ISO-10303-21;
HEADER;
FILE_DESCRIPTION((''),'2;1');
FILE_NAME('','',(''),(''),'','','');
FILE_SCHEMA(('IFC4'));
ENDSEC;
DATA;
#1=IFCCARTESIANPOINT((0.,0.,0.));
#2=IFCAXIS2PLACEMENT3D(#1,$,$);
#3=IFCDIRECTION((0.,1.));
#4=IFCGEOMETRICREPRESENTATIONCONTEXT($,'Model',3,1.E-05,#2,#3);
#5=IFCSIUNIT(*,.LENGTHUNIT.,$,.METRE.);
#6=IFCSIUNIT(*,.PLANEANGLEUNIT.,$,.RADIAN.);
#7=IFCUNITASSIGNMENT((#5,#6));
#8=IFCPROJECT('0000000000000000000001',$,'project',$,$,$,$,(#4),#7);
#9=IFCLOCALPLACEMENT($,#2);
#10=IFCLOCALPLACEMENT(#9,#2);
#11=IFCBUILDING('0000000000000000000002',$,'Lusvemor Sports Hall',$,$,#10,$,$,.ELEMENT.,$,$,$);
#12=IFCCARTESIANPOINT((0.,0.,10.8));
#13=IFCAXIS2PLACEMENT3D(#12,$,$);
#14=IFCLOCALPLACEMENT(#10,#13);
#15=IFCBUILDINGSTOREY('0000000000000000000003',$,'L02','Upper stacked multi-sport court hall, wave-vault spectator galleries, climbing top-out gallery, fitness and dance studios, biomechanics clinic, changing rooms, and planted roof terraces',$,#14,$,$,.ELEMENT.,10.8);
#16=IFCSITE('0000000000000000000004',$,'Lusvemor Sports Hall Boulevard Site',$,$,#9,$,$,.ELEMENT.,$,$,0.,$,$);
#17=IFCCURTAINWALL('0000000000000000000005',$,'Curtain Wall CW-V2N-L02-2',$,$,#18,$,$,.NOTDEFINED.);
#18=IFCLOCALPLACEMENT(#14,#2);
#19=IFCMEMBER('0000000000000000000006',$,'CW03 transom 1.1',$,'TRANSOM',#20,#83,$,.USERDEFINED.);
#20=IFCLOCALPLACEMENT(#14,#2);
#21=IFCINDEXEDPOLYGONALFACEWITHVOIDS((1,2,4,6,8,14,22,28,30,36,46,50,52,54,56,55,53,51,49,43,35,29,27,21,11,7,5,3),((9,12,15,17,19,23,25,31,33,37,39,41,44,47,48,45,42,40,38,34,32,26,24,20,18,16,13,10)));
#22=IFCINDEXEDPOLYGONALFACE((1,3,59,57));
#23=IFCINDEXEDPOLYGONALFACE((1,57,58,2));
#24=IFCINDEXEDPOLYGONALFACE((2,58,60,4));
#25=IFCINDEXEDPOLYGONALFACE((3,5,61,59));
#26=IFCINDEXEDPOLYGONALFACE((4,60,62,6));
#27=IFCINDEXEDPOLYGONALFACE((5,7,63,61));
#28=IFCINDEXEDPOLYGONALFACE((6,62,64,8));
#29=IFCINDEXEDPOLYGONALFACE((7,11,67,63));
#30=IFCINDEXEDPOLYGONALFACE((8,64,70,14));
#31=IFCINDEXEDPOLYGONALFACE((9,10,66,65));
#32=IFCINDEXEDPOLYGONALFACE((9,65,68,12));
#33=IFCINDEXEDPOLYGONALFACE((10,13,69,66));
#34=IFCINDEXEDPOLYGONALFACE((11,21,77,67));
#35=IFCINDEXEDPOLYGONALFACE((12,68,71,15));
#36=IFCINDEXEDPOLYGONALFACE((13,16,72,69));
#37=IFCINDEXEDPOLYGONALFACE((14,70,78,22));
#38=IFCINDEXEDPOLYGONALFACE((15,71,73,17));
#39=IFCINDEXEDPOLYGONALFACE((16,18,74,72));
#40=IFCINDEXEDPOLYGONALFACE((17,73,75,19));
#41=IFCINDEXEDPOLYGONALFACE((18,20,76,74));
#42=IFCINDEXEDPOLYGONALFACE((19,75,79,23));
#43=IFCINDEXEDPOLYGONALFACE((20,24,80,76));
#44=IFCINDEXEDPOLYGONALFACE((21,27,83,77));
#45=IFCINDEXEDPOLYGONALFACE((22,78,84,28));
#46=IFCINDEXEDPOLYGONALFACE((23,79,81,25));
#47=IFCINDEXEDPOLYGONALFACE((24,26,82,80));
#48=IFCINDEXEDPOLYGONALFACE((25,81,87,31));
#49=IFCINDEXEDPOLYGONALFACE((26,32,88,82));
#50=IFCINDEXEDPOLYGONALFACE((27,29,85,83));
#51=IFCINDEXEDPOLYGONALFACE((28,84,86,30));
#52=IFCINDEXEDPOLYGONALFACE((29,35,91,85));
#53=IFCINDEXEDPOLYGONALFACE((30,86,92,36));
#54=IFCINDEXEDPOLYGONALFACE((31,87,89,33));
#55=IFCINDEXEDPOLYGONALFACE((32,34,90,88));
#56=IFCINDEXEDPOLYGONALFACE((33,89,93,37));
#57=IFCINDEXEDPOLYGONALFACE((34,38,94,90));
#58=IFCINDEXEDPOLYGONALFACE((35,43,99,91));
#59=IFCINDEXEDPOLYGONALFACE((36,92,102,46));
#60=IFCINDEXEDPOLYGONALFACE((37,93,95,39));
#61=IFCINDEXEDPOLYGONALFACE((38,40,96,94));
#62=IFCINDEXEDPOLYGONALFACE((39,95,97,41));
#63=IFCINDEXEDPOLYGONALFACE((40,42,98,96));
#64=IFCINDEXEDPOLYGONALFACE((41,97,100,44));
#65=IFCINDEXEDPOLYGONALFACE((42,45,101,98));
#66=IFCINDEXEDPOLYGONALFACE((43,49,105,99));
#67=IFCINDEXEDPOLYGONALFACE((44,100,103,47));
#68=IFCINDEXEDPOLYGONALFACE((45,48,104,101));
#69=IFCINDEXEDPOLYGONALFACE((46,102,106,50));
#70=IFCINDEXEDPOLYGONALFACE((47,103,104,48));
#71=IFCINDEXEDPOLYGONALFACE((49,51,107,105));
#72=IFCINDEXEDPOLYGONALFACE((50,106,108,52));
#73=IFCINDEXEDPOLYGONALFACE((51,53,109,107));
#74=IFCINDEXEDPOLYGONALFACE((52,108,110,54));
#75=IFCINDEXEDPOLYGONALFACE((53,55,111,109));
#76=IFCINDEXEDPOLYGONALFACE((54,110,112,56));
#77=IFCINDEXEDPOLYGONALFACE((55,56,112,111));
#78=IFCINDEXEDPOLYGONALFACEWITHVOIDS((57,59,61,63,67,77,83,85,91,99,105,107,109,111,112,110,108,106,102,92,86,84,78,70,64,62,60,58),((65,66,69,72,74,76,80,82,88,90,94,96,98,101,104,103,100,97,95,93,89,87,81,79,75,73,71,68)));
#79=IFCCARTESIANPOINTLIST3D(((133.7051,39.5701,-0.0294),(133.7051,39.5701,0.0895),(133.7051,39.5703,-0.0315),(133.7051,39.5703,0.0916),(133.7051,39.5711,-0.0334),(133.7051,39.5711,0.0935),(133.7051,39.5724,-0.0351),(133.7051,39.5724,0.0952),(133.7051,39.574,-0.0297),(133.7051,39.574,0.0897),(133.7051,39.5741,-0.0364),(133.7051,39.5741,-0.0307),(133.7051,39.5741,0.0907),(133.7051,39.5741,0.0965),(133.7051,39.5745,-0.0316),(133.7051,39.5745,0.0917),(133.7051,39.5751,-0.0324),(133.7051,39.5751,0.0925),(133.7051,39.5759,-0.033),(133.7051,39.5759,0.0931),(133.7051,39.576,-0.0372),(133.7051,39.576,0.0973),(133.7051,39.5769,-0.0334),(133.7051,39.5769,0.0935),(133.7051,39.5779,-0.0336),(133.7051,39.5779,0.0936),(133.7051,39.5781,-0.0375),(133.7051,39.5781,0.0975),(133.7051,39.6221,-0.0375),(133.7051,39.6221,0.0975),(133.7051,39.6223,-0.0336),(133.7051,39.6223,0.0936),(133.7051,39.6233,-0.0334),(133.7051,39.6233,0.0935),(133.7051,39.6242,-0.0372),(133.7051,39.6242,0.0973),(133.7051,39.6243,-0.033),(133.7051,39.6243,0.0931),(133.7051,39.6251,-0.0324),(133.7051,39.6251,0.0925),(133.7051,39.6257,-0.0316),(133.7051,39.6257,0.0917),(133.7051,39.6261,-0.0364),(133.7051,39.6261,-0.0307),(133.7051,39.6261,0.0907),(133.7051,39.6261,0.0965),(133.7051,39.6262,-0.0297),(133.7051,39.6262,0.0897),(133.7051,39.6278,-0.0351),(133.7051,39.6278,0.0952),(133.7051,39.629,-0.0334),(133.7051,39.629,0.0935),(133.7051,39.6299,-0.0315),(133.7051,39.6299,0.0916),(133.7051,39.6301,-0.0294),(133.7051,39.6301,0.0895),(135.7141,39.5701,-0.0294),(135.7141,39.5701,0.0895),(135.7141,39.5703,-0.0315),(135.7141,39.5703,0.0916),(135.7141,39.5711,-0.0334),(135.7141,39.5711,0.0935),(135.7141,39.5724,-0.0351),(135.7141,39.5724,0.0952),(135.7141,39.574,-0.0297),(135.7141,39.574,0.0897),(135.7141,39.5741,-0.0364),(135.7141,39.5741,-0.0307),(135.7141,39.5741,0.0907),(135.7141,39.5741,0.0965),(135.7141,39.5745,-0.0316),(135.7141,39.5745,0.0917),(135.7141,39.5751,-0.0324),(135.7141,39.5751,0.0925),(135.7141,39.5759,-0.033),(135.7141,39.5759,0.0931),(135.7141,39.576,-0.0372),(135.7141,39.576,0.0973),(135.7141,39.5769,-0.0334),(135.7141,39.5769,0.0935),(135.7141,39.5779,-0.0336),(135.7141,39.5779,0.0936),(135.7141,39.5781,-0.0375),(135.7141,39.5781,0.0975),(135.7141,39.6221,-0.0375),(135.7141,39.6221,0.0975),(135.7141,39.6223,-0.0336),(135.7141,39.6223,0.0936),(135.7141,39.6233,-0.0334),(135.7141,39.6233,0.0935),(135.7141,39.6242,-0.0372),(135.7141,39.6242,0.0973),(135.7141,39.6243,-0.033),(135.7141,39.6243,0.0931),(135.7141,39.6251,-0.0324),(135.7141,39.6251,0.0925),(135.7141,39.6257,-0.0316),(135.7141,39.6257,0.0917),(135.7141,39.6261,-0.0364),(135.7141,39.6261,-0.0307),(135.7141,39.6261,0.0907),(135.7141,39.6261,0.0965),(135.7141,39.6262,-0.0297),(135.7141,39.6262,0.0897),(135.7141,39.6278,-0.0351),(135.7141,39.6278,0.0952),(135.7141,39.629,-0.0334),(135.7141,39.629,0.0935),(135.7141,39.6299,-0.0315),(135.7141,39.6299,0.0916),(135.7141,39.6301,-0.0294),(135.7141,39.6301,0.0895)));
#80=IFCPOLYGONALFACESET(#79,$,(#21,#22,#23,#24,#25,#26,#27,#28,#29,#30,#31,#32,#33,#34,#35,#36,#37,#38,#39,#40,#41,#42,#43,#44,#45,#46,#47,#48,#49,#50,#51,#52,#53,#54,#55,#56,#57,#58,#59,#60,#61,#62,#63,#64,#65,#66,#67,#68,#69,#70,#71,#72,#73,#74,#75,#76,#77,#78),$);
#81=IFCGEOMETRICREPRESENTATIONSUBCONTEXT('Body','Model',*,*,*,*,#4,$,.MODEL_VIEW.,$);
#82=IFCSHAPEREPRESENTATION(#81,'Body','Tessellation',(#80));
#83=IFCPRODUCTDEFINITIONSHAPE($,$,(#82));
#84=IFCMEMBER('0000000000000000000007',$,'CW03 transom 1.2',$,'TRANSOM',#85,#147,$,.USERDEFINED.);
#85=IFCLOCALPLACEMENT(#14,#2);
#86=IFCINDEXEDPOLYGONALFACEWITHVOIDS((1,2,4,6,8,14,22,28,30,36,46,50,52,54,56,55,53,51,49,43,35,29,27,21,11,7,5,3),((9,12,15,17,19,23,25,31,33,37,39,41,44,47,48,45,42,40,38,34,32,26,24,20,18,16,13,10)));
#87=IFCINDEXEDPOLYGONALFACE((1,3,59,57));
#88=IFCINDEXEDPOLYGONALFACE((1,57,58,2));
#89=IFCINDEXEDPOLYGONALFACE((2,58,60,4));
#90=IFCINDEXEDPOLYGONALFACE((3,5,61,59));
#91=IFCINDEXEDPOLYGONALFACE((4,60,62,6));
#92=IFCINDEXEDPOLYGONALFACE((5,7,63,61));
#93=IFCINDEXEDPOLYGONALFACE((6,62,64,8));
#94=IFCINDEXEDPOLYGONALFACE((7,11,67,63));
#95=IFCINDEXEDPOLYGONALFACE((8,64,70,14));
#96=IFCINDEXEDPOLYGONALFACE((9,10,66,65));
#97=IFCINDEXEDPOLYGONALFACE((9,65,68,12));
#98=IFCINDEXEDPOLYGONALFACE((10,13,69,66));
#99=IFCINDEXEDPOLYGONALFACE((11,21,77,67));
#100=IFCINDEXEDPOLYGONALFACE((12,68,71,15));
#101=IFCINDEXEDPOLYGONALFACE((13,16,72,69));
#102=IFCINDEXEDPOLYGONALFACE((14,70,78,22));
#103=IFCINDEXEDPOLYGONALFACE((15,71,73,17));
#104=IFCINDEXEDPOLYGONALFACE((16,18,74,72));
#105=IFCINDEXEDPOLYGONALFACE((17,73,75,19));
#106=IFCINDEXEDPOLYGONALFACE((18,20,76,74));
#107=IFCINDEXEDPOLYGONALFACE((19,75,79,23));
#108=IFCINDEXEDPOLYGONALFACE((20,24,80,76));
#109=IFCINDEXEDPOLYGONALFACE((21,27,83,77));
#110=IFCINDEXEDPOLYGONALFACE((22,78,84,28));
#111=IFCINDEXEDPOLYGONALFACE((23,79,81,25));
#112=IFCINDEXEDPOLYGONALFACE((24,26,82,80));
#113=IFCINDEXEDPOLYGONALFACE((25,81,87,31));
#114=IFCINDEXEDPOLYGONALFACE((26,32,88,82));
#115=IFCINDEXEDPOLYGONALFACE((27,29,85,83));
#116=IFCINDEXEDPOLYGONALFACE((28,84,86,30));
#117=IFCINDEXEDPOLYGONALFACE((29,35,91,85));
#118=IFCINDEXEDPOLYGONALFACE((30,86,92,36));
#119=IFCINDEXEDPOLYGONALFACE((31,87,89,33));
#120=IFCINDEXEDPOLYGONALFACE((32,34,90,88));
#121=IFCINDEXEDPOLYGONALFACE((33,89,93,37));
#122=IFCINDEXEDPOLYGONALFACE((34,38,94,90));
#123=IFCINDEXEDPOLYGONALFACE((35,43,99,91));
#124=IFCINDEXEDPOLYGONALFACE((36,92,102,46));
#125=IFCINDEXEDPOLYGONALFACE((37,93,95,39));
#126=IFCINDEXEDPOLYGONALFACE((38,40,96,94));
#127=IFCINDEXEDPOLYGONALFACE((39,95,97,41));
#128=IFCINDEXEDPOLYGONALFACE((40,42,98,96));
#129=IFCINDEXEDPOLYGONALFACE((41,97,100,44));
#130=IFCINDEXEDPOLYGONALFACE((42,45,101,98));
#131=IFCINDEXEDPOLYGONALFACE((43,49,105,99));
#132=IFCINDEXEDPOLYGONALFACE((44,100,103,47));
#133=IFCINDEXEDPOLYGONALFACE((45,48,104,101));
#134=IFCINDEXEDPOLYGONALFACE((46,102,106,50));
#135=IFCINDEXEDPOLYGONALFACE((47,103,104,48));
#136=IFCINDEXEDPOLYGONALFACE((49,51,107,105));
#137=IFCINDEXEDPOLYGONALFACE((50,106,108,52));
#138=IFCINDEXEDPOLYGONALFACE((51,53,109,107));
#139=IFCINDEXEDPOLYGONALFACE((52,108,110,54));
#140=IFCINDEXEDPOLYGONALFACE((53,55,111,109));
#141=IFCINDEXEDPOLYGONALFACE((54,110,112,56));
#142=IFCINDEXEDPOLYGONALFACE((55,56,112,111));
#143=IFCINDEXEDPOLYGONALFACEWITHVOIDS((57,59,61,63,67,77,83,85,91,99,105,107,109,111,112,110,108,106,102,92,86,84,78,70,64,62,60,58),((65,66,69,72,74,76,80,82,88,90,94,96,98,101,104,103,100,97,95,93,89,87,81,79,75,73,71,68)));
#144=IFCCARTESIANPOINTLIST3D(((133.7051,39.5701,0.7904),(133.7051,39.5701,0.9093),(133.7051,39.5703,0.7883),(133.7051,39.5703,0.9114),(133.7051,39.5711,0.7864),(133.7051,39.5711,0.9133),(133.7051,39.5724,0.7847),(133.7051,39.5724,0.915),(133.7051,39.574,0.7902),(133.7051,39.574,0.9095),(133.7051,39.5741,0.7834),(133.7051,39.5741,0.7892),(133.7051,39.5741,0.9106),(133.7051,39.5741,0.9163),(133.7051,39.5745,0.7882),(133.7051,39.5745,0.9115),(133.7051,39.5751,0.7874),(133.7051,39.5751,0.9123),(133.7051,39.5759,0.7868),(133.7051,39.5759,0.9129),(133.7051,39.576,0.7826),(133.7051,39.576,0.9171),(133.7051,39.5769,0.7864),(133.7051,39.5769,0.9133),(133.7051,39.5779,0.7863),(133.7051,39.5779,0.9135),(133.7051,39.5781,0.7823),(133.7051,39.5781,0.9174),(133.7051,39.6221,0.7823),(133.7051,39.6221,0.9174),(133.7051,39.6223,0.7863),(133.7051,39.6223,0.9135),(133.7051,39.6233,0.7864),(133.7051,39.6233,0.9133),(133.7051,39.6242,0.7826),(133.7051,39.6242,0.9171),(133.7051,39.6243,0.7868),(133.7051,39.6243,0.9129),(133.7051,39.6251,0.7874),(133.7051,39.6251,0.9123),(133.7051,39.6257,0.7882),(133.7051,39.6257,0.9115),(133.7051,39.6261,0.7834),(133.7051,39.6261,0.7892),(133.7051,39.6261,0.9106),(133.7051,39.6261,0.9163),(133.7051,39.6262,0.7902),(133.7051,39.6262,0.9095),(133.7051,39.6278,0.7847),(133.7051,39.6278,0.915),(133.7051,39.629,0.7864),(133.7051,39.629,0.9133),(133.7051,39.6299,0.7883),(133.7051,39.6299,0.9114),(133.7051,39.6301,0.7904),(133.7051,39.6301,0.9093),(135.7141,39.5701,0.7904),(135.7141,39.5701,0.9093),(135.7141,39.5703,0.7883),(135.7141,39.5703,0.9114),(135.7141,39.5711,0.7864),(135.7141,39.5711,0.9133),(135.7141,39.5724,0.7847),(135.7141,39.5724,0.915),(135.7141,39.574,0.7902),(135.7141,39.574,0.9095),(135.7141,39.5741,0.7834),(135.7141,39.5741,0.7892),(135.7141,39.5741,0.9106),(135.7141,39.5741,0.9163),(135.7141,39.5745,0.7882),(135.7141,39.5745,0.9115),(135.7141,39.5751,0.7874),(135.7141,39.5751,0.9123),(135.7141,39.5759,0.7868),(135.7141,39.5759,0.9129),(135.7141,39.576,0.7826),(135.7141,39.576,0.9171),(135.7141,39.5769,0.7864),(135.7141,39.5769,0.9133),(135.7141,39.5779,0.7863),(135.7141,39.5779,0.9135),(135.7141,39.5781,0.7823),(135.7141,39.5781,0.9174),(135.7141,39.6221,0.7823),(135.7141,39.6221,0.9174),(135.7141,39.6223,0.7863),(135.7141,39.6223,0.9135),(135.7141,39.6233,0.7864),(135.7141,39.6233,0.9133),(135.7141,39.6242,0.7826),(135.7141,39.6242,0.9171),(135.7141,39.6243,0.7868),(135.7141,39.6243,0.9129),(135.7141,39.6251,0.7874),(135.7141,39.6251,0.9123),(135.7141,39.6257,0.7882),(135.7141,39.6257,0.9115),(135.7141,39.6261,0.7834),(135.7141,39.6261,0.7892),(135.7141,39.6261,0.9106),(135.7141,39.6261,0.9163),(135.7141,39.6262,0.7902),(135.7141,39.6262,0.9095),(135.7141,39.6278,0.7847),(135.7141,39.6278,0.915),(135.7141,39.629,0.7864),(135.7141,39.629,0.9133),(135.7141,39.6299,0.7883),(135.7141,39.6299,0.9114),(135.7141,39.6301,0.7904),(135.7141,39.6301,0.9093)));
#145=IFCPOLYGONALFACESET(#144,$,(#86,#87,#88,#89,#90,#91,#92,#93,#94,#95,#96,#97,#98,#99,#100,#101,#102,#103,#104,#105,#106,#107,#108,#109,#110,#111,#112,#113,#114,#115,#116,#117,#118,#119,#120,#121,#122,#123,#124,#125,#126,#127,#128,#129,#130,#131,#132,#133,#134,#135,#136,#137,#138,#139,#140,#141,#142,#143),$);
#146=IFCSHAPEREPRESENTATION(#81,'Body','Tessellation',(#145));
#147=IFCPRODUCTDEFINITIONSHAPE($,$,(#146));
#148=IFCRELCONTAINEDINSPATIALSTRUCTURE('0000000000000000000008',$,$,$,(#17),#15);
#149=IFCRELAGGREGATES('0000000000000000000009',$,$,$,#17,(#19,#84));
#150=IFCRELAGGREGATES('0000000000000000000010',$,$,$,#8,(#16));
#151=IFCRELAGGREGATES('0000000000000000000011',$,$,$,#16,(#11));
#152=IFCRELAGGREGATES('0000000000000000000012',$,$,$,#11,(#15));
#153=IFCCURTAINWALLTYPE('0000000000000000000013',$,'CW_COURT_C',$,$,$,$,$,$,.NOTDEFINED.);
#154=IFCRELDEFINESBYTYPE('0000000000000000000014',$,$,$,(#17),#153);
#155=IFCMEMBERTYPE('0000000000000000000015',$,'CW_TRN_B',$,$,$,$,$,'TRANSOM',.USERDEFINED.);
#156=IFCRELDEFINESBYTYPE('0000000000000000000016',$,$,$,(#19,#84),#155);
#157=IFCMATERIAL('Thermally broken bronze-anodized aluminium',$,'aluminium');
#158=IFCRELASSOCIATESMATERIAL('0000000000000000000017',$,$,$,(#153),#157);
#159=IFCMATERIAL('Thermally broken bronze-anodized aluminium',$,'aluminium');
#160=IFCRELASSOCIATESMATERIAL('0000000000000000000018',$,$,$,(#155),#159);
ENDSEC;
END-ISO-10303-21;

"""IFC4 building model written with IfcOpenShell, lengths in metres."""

from ifc_helpers import new_model, si_unit, direction, frame, origin, origin_2d, place, context, subcontext, project, spatial, hollow_rectangle, extrude, material, material_profile, profile_set, type_object, element, aggregate, save


model = new_model("IFC4")

# Units and contexts
model_context = context("Model", 3, precision=1e-05, world=origin(), true_north=direction((0.0, 1.0)))
body_context = subcontext(model_context, "Body", "Model", "MODEL_VIEW")
ifc_project = project(units=[si_unit("LENGTHUNIT", "METRE"), si_unit("PLANEANGLEUNIT", "RADIAN")], contexts=[model_context])

# Site, building, storey
site_placement = place(None, origin())
site = spatial("IfcSite", under=ifc_project, at=site_placement, Name="Lusvemor Sports Hall Boulevard Site", CompositionType="ELEMENT", RefElevation=0.0)
building_placement = place(site_placement, origin())
building = spatial("IfcBuilding", under=site, at=building_placement, Name="Lusvemor Sports Hall", CompositionType="ELEMENT")
storey_placement = place(building_placement, frame((0.0, 0.0, 10.8)))
storey = spatial("IfcBuildingStorey", under=building, at=storey_placement, Name="L02", Description="Upper stacked multi-sport court hall, wave-vault spectator galleries, climbing top-out gallery, fitness and dance studios, biomechanics clinic, changing rooms, and planted roof terraces", CompositionType="ELEMENT", Elevation=10.8)

# Curtain wall, members
ifc_material_1 = material(Name="Thermally broken bronze-anodized aluminium", Category="aluminium")
curtain_wall_type = type_object("IfcCurtainWallType", Name="CW_COURT_C", PredefinedType="NOTDEFINED", material=ifc_material_1)
curtain_wall_placement = place(storey_placement, origin())
curtain_wall = element("IfcCurtainWall", 1, at=curtain_wall_placement, inside=storey, type_object=curtain_wall_type, Name="Curtain Wall CW-V2N-L02-2", PredefinedType="NOTDEFINED")
ifc_material_2 = material(Name="Thermally broken bronze-anodized aluminium", Category="aluminium")
ifc_material_profile_1 = material_profile(ifc_material_2, hollow_rectangle(XDim=0.0601, YDim=0.135, WallThickness=0.0039, InnerFilletRadius=0.0039, OuterFilletRadius=0.0081, at=origin_2d()), Name="CWTRN135x60x4")
ifc_profile_set_1 = profile_set([ifc_material_profile_1], Name="Thermally broken bronze-anodized aluminium")
member_type_1 = type_object("IfcMemberType", Name="CW_TRN_B", ElementType="TRANSOM", PredefinedType="USERDEFINED", material=ifc_profile_set_1)
member_1_placement = place(storey_placement, frame((133.7051, 39.6001, 0.03), z_axis=(1.0, 0.0, 0.0), x_axis=(0.0, 1.0, 0.0)))
member_1 = element("IfcMember", 2, at=member_1_placement, type_object=member_type_1, Name="CW03 transom 1.1", ObjectType="TRANSOM", PredefinedType="USERDEFINED", context=body_context, shape_type="SweptSolid", body=[
    extrude(hollow_rectangle(XDim=0.0601, YDim=0.135, WallThickness=0.0039, InnerFilletRadius=0.0039, OuterFilletRadius=0.0081, at=origin_2d()), origin(), (0.0, 0.0, 1.0), 2.009),
])
member_2_placement = place(storey_placement, frame((133.7051, 39.6001, 0.8499), z_axis=(1.0, 0.0, 0.0), x_axis=(0.0, 1.0, 0.0)))
member_2 = element("IfcMember", 3, at=member_2_placement, type_object=member_type_1, Name="CW03 transom 1.2", ObjectType="TRANSOM", PredefinedType="USERDEFINED", context=body_context, shape_type="SweptSolid", body=[
    extrude(hollow_rectangle(XDim=0.0601, YDim=0.135, WallThickness=0.0039, InnerFilletRadius=0.0039, OuterFilletRadius=0.0081, at=origin_2d()), origin(), (0.0, 0.0, 1.0), 2.009),
])

aggregate(curtain_wall, [member_1, member_2])

save(model, "model.ifc")
